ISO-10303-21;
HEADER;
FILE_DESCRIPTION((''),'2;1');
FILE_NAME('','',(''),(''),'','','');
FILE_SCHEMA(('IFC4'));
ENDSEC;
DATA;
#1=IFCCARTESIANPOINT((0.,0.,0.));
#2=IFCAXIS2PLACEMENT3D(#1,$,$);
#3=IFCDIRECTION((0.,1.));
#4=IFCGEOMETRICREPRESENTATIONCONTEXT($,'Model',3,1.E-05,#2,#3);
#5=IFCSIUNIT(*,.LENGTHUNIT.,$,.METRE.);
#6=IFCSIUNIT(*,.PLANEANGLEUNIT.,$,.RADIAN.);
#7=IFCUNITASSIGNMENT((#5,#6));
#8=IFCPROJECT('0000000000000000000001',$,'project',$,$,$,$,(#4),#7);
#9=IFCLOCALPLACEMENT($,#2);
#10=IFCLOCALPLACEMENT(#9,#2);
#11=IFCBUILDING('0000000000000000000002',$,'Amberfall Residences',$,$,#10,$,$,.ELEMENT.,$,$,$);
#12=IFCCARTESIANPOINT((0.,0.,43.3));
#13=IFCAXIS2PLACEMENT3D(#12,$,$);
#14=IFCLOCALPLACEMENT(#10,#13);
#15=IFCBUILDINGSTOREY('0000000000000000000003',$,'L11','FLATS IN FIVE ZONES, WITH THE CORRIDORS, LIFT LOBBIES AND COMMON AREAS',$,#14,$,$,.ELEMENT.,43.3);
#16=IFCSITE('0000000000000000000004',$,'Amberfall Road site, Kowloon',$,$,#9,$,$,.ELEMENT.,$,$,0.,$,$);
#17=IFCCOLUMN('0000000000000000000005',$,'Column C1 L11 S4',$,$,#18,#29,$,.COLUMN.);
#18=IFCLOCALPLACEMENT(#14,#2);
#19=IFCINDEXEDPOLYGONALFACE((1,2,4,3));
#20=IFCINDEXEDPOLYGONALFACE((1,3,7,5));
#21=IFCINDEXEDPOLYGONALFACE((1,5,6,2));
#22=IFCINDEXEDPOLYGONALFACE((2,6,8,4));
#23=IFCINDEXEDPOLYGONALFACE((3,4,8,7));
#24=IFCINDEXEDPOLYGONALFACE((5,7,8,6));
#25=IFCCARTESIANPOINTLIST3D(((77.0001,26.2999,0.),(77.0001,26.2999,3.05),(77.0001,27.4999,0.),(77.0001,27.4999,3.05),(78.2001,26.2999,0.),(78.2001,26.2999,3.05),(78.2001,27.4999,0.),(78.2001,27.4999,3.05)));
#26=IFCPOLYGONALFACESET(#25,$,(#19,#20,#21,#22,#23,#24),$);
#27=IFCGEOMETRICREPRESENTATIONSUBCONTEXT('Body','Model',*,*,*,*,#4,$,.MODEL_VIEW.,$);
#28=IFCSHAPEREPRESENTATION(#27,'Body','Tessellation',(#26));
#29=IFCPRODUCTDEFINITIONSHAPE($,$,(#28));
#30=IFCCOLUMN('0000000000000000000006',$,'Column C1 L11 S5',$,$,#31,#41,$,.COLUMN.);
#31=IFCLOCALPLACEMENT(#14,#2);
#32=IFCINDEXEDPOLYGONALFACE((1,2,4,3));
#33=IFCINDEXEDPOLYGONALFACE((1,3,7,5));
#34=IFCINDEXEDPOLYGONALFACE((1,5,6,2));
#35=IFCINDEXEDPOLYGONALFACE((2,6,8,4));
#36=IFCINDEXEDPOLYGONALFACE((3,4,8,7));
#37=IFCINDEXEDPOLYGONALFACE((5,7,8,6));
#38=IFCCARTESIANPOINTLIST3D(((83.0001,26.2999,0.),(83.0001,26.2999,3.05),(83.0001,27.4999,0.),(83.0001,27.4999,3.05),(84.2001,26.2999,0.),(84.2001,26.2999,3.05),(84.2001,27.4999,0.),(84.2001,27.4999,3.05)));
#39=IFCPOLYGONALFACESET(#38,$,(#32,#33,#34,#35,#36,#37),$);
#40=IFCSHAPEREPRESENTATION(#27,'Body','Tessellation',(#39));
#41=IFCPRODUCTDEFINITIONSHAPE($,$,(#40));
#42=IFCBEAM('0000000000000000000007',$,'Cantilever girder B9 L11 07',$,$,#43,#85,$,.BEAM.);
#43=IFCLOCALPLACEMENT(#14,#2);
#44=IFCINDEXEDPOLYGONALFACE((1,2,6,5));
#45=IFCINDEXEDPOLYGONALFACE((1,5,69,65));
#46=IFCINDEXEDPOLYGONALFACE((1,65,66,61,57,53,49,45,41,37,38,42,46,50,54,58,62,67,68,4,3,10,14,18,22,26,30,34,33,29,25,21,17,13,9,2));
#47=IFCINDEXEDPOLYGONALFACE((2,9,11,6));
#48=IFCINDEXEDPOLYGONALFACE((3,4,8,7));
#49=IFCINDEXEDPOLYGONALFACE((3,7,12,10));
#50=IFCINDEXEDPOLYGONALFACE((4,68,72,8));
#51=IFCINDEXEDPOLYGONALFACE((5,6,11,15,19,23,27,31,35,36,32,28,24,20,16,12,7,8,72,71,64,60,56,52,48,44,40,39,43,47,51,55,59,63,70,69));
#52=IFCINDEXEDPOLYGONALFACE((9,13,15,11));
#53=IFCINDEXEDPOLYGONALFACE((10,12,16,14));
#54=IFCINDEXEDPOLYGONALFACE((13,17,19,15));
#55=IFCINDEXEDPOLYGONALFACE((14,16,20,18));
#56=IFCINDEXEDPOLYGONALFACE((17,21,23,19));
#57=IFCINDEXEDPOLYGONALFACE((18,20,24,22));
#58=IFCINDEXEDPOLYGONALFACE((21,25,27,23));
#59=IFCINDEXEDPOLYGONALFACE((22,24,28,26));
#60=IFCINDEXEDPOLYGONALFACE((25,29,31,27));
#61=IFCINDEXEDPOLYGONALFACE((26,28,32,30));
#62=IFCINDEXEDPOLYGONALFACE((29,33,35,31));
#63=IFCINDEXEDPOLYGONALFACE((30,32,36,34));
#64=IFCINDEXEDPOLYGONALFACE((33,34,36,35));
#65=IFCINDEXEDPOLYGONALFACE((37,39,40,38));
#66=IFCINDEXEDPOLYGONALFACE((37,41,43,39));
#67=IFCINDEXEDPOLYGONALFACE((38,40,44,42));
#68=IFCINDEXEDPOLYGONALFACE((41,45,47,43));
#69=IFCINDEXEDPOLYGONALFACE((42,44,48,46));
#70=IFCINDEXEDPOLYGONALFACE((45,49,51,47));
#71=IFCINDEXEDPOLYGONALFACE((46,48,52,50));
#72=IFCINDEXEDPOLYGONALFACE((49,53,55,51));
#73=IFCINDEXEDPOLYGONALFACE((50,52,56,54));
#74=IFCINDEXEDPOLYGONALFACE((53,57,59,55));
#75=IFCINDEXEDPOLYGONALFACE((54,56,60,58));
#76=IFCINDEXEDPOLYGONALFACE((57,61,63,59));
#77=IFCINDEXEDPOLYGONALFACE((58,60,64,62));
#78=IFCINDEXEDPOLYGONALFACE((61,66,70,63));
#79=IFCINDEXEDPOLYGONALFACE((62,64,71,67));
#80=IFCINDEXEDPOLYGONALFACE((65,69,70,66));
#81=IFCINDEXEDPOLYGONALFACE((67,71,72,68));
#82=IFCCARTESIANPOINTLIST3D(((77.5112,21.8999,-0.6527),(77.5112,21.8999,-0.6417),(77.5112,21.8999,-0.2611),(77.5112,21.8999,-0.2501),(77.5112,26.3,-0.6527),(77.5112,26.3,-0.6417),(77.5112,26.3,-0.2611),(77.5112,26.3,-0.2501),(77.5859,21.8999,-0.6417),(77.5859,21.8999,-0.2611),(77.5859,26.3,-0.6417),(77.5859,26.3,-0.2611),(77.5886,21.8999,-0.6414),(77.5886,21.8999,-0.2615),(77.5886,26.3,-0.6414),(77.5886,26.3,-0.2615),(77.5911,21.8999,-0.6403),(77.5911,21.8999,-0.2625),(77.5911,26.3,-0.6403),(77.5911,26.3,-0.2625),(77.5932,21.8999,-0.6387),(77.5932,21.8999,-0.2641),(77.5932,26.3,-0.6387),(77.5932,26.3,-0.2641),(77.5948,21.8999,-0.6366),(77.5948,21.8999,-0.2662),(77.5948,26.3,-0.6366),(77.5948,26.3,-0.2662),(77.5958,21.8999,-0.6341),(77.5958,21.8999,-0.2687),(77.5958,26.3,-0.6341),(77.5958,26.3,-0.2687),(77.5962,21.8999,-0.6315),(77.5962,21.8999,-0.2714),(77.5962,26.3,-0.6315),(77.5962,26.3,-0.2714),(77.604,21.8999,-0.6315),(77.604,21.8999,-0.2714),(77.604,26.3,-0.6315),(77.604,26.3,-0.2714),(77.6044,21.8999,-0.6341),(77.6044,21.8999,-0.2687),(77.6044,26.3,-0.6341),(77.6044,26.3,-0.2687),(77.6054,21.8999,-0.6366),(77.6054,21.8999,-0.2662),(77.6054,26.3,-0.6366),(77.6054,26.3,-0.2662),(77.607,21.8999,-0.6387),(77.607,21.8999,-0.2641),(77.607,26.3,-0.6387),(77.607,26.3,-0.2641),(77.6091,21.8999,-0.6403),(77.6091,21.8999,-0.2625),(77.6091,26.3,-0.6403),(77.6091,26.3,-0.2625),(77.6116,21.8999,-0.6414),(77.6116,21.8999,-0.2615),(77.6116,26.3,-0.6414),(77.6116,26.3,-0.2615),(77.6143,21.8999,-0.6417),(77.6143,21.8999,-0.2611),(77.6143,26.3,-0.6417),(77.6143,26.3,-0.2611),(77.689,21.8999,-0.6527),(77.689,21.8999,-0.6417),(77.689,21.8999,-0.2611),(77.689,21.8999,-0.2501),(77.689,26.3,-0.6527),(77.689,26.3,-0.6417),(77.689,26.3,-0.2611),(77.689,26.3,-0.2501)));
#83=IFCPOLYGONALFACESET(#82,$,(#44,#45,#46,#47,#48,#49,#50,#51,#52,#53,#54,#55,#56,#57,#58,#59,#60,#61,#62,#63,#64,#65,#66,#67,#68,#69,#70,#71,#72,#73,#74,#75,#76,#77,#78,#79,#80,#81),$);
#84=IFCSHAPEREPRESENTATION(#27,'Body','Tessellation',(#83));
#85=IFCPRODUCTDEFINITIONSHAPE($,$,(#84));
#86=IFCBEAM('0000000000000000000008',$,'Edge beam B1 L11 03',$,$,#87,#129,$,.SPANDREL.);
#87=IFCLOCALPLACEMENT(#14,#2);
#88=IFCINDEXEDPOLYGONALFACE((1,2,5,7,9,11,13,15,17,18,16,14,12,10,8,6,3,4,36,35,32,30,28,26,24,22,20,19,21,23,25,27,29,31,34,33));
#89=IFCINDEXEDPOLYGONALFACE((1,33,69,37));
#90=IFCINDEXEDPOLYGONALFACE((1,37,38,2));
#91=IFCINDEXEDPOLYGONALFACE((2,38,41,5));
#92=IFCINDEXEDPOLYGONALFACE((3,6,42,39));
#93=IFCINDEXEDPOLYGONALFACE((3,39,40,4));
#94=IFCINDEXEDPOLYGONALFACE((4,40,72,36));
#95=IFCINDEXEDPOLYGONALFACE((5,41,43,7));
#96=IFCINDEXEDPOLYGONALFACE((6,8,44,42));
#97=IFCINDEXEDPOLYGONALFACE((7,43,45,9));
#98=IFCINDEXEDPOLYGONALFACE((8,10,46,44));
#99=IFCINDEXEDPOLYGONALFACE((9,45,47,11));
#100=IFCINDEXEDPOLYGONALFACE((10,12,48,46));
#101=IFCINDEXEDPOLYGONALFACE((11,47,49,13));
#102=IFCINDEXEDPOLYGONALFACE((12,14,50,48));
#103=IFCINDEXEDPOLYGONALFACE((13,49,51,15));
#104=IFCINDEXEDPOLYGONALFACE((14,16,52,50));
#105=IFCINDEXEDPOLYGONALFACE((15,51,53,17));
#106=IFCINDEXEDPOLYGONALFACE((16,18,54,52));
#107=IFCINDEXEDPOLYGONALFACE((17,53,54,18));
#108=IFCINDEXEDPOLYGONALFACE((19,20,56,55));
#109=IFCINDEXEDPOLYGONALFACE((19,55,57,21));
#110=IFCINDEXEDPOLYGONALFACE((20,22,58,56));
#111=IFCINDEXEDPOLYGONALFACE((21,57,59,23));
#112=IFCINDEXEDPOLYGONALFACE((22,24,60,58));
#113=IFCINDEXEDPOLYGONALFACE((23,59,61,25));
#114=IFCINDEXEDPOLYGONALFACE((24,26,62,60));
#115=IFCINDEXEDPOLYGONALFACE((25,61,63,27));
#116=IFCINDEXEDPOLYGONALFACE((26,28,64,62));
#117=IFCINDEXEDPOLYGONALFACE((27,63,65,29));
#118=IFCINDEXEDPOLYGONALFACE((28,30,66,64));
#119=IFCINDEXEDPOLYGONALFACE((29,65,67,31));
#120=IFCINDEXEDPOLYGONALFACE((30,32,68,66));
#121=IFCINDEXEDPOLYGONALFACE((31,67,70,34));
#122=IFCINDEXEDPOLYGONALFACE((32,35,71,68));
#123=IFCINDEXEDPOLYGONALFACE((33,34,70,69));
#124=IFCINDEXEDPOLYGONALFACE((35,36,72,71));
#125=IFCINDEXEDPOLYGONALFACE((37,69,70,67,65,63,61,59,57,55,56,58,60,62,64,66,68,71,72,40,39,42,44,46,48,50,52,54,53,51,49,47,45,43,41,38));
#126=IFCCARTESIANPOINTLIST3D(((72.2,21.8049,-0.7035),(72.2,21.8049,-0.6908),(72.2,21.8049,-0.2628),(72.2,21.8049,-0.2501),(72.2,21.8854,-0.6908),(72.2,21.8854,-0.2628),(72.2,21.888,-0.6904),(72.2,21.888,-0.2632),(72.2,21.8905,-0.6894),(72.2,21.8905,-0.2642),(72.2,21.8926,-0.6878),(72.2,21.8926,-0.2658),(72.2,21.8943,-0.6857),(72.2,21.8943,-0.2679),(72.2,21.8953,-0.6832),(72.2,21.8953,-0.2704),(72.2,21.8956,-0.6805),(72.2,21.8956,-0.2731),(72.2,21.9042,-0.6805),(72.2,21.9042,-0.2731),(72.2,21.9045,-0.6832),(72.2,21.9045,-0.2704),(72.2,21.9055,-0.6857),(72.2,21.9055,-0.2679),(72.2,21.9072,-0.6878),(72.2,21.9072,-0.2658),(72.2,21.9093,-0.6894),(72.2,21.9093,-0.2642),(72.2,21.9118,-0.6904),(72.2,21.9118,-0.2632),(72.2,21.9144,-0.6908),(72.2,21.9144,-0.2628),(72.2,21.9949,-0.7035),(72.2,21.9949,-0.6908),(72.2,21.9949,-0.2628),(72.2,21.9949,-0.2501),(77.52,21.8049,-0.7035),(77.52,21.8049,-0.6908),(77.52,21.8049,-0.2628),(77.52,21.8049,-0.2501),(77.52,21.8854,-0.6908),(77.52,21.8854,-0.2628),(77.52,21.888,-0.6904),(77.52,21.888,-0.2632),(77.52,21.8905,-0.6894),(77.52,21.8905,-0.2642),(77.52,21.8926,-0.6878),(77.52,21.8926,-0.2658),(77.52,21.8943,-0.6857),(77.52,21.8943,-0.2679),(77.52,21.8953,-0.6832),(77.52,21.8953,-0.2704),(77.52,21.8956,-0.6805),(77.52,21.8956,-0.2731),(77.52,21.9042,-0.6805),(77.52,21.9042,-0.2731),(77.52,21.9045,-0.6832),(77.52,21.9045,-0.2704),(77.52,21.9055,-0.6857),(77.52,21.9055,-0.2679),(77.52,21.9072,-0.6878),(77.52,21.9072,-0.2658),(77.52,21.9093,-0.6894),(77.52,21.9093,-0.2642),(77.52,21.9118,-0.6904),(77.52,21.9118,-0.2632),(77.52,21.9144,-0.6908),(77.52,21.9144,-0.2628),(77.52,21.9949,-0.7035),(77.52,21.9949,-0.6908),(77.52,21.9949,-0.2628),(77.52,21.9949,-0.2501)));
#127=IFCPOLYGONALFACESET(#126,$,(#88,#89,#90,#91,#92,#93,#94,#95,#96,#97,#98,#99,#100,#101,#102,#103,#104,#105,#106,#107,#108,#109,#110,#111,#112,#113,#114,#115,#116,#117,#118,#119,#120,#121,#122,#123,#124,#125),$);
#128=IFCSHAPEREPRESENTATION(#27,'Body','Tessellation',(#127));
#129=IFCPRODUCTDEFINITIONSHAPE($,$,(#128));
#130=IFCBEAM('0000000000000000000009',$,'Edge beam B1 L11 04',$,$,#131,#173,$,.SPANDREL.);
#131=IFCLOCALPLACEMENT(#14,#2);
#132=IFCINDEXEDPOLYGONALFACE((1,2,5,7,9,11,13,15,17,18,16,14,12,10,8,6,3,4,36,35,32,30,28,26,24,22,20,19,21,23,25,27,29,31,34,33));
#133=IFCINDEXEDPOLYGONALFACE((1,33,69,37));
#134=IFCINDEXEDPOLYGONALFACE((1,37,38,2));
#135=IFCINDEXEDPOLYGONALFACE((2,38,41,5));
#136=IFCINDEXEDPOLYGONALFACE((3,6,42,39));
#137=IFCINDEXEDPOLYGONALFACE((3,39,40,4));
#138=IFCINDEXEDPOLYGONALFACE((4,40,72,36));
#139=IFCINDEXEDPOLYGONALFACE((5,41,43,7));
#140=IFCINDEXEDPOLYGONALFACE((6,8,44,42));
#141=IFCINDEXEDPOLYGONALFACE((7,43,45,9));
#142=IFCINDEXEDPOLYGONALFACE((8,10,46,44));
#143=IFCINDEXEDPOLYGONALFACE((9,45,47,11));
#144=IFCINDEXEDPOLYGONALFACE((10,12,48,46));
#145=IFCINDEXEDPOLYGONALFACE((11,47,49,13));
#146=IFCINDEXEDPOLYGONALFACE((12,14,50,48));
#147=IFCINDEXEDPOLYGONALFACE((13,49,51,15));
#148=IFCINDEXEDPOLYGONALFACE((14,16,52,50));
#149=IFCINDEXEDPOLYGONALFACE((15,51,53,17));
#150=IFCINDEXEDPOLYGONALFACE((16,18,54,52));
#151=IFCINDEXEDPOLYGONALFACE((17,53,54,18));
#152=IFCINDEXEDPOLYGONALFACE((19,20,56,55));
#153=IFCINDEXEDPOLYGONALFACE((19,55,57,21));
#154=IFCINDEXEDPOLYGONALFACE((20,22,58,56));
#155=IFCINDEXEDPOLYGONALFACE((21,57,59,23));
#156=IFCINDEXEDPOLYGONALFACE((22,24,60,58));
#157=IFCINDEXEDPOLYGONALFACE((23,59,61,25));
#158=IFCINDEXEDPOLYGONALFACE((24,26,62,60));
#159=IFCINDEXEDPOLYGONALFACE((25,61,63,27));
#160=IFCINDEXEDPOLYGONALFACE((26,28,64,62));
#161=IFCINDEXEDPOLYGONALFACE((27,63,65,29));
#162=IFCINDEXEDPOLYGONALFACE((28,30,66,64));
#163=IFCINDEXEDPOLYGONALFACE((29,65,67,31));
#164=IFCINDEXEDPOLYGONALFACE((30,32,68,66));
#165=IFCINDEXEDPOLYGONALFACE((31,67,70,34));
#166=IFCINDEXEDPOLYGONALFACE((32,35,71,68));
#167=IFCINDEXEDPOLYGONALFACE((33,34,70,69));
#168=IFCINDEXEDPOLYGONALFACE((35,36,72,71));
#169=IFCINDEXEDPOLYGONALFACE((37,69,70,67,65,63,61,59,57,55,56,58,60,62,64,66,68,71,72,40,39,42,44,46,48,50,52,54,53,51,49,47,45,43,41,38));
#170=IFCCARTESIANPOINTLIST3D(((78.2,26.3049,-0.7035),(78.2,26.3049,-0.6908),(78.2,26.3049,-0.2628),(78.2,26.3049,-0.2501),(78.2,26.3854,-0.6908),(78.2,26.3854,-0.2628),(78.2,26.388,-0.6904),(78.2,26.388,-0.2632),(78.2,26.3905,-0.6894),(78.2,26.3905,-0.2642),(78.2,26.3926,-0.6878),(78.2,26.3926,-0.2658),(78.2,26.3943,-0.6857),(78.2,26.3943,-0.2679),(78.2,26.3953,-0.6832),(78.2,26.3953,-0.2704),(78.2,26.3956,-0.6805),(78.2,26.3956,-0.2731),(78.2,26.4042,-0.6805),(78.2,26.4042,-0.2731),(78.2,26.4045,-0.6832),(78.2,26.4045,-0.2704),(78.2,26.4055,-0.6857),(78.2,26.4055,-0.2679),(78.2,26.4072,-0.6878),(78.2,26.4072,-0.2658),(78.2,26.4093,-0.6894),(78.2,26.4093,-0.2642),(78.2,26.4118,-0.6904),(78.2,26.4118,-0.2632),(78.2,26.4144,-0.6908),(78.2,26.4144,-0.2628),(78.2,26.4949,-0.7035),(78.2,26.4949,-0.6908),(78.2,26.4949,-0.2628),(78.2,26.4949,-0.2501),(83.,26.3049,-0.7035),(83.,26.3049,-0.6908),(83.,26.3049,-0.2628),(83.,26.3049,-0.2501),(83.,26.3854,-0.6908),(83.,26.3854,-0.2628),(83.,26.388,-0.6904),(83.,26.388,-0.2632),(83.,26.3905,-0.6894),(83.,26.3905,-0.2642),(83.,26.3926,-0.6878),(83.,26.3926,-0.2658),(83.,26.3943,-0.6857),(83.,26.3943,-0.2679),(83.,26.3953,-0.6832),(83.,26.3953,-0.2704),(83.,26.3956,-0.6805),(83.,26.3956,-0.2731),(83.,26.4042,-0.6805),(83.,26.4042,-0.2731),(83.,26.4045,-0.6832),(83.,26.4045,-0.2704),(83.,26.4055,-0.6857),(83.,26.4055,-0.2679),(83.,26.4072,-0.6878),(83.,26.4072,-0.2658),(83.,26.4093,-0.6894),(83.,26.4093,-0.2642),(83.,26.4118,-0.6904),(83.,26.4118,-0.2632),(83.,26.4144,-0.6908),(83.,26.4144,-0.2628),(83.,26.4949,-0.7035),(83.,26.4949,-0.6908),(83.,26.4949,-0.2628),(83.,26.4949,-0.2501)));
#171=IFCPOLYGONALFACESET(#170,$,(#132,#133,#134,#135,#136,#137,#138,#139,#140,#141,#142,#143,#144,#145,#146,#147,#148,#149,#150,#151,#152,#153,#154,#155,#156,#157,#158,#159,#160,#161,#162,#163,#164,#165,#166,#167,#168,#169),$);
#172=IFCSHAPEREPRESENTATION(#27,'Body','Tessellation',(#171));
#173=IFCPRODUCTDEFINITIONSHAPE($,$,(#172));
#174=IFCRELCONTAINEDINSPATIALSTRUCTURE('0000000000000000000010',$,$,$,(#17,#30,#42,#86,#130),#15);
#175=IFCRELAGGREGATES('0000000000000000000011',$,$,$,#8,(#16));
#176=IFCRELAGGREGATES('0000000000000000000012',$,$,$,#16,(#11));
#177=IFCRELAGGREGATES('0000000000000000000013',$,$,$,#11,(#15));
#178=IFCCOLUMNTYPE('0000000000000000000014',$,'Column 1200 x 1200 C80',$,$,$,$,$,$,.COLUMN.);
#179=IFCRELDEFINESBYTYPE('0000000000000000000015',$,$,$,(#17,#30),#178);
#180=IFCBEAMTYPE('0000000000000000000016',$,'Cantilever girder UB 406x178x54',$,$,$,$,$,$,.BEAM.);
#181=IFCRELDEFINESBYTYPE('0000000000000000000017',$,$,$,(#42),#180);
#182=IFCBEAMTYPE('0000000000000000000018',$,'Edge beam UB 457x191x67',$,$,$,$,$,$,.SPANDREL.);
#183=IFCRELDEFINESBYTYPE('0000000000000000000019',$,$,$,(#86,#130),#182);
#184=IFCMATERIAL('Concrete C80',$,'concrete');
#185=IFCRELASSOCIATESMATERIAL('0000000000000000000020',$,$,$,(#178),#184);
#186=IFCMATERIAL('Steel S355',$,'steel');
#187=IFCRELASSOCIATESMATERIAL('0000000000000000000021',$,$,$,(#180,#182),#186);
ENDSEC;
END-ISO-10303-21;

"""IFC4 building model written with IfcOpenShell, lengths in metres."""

from ifc_helpers import new_model, si_unit, direction, frame, origin, origin_2d, place, context, subcontext, project, spatial, rectangle, i_section, extrude, material, material_profile, profile_set, type_object, element, save


model = new_model("IFC4")

# Units and contexts
model_context = context("Model", 3, precision=1e-05, world=origin(), true_north=direction((0.0, 1.0)))
body_context = subcontext(model_context, "Body", "Model", "MODEL_VIEW")
ifc_project = project(units=[si_unit("LENGTHUNIT", "METRE"), si_unit("PLANEANGLEUNIT", "RADIAN")], contexts=[model_context])

# Site, building, storey
site_placement = place(None, origin())
site = spatial("IfcSite", under=ifc_project, at=site_placement, Name="Amberfall Road site, Kowloon", CompositionType="ELEMENT", RefElevation=0.0)
building_placement = place(site_placement, origin())
building = spatial("IfcBuilding", under=site, at=building_placement, Name="Amberfall Residences", CompositionType="ELEMENT")
storey_placement = place(building_placement, frame((0.0, 0.0, 43.3)))
storey = spatial("IfcBuildingStorey", under=building, at=storey_placement, Name="L11", Description="FLATS IN FIVE ZONES, WITH THE CORRIDORS, LIFT LOBBIES AND COMMON AREAS", CompositionType="ELEMENT", Elevation=43.3)

# Columns
ifc_material_1 = material(Name="Concrete C80", Category="concrete")
ifc_material_profile_1 = material_profile(ifc_material_1, rectangle(XDim=1.2, YDim=1.2, at=origin_2d()), Name="Column 1200 x 1200 C80")
ifc_profile_set_1 = profile_set([ifc_material_profile_1], Name="Concrete C80")
column_type = type_object("IfcColumnType", Name="Column 1200 x 1200 C80", PredefinedType="COLUMN", material=ifc_profile_set_1)
for number, where, z_axis, x_axis, name in (
    (1, (77.6001, 26.8999, 0.0), (0.0, 0.0, 1.0), (1.0, 0.0, 0.0), "Column C1 L11 S4"),
    (2, (83.6001, 26.8999, 0.0), (0.0, 0.0, 1.0), (1.0, 0.0, 0.0), "Column C1 L11 S5"),
):
    element("IfcColumn", number, at=place(storey_placement, frame(where, z_axis=z_axis, x_axis=x_axis)), inside=storey, type_object=column_type, Name=name, PredefinedType="COLUMN", context=body_context, shape_type="SweptSolid", body=[
        extrude(rectangle(XDim=1.2, YDim=1.2, at=origin_2d()), origin(), (0.0, 0.0, 1.0), 3.05),
    ])

# Beams
ifc_material_2 = material(Name="Steel S355", Category="steel")
ifc_material_profile_2 = material_profile(ifc_material_2, i_section(OverallWidth=0.1777, OverallDepth=0.4026, WebThickness=0.0078, FlangeThickness=0.011, FilletRadius=0.0103, at=origin_2d()), Name="UB 406x178x54")
ifc_profile_set_2 = profile_set([ifc_material_profile_2], Name="Steel S355")
beam_type_1 = type_object("IfcBeamType", Name="Cantilever girder UB 406x178x54", PredefinedType="BEAM", material=ifc_profile_set_2)
beam_1_placement = place(storey_placement, frame((77.6001, 26.3, -0.4514), z_axis=(0.0, -1.0, 0.0), x_axis=(1.0, 0.0, 0.0)))
element("IfcBeam", 3, at=beam_1_placement, inside=storey, type_object=beam_type_1, Name="Cantilever girder B9 L11 07", PredefinedType="BEAM", context=body_context, shape_type="SweptSolid", body=[
    extrude(i_section(OverallWidth=0.1777, OverallDepth=0.4026, WebThickness=0.0078, FlangeThickness=0.011, FilletRadius=0.0103, at=origin_2d()), origin(), (0.0, 0.0, 1.0), 4.4001),
])
ifc_material_profile_3 = material_profile(ifc_material_2, i_section(OverallWidth=0.1899, OverallDepth=0.4534, WebThickness=0.0085, FlangeThickness=0.0127, FilletRadius=0.0103, at=origin_2d()), Name="UB 457x191x67")
ifc_profile_set_3 = profile_set([ifc_material_profile_3], Name="Steel S355")
beam_type_2 = type_object("IfcBeamType", Name="Edge beam UB 457x191x67", PredefinedType="SPANDREL", material=ifc_profile_set_3)
beam_2_placement = place(storey_placement, frame((72.2, 21.8999, -0.4768), z_axis=(1.0, 0.0, 0.0), x_axis=(0.0, 1.0, 0.0)))
element("IfcBeam", 4, at=beam_2_placement, inside=storey, type_object=beam_type_2, Name="Edge beam B1 L11 03", PredefinedType="SPANDREL", context=body_context, shape_type="SweptSolid", body=[
    extrude(i_section(OverallWidth=0.1899, OverallDepth=0.4534, WebThickness=0.0085, FlangeThickness=0.0127, FilletRadius=0.0103, at=origin_2d()), origin(), (0.0, 0.0, 1.0), 5.3201),
])
beam_3_placement = place(storey_placement, frame((78.2, 26.3999, -0.4768), z_axis=(1.0, 0.0, 0.0), x_axis=(0.0, 1.0, 0.0)))
element("IfcBeam", 5, at=beam_3_placement, inside=storey, type_object=beam_type_2, Name="Edge beam B1 L11 04", PredefinedType="SPANDREL", context=body_context, shape_type="SweptSolid", body=[
    extrude(i_section(OverallWidth=0.1899, OverallDepth=0.4534, WebThickness=0.0085, FlangeThickness=0.0127, FilletRadius=0.0103, at=origin_2d()), origin(), (0.0, 0.0, 1.0), 4.8),
])

save(model, "model.ifc")
